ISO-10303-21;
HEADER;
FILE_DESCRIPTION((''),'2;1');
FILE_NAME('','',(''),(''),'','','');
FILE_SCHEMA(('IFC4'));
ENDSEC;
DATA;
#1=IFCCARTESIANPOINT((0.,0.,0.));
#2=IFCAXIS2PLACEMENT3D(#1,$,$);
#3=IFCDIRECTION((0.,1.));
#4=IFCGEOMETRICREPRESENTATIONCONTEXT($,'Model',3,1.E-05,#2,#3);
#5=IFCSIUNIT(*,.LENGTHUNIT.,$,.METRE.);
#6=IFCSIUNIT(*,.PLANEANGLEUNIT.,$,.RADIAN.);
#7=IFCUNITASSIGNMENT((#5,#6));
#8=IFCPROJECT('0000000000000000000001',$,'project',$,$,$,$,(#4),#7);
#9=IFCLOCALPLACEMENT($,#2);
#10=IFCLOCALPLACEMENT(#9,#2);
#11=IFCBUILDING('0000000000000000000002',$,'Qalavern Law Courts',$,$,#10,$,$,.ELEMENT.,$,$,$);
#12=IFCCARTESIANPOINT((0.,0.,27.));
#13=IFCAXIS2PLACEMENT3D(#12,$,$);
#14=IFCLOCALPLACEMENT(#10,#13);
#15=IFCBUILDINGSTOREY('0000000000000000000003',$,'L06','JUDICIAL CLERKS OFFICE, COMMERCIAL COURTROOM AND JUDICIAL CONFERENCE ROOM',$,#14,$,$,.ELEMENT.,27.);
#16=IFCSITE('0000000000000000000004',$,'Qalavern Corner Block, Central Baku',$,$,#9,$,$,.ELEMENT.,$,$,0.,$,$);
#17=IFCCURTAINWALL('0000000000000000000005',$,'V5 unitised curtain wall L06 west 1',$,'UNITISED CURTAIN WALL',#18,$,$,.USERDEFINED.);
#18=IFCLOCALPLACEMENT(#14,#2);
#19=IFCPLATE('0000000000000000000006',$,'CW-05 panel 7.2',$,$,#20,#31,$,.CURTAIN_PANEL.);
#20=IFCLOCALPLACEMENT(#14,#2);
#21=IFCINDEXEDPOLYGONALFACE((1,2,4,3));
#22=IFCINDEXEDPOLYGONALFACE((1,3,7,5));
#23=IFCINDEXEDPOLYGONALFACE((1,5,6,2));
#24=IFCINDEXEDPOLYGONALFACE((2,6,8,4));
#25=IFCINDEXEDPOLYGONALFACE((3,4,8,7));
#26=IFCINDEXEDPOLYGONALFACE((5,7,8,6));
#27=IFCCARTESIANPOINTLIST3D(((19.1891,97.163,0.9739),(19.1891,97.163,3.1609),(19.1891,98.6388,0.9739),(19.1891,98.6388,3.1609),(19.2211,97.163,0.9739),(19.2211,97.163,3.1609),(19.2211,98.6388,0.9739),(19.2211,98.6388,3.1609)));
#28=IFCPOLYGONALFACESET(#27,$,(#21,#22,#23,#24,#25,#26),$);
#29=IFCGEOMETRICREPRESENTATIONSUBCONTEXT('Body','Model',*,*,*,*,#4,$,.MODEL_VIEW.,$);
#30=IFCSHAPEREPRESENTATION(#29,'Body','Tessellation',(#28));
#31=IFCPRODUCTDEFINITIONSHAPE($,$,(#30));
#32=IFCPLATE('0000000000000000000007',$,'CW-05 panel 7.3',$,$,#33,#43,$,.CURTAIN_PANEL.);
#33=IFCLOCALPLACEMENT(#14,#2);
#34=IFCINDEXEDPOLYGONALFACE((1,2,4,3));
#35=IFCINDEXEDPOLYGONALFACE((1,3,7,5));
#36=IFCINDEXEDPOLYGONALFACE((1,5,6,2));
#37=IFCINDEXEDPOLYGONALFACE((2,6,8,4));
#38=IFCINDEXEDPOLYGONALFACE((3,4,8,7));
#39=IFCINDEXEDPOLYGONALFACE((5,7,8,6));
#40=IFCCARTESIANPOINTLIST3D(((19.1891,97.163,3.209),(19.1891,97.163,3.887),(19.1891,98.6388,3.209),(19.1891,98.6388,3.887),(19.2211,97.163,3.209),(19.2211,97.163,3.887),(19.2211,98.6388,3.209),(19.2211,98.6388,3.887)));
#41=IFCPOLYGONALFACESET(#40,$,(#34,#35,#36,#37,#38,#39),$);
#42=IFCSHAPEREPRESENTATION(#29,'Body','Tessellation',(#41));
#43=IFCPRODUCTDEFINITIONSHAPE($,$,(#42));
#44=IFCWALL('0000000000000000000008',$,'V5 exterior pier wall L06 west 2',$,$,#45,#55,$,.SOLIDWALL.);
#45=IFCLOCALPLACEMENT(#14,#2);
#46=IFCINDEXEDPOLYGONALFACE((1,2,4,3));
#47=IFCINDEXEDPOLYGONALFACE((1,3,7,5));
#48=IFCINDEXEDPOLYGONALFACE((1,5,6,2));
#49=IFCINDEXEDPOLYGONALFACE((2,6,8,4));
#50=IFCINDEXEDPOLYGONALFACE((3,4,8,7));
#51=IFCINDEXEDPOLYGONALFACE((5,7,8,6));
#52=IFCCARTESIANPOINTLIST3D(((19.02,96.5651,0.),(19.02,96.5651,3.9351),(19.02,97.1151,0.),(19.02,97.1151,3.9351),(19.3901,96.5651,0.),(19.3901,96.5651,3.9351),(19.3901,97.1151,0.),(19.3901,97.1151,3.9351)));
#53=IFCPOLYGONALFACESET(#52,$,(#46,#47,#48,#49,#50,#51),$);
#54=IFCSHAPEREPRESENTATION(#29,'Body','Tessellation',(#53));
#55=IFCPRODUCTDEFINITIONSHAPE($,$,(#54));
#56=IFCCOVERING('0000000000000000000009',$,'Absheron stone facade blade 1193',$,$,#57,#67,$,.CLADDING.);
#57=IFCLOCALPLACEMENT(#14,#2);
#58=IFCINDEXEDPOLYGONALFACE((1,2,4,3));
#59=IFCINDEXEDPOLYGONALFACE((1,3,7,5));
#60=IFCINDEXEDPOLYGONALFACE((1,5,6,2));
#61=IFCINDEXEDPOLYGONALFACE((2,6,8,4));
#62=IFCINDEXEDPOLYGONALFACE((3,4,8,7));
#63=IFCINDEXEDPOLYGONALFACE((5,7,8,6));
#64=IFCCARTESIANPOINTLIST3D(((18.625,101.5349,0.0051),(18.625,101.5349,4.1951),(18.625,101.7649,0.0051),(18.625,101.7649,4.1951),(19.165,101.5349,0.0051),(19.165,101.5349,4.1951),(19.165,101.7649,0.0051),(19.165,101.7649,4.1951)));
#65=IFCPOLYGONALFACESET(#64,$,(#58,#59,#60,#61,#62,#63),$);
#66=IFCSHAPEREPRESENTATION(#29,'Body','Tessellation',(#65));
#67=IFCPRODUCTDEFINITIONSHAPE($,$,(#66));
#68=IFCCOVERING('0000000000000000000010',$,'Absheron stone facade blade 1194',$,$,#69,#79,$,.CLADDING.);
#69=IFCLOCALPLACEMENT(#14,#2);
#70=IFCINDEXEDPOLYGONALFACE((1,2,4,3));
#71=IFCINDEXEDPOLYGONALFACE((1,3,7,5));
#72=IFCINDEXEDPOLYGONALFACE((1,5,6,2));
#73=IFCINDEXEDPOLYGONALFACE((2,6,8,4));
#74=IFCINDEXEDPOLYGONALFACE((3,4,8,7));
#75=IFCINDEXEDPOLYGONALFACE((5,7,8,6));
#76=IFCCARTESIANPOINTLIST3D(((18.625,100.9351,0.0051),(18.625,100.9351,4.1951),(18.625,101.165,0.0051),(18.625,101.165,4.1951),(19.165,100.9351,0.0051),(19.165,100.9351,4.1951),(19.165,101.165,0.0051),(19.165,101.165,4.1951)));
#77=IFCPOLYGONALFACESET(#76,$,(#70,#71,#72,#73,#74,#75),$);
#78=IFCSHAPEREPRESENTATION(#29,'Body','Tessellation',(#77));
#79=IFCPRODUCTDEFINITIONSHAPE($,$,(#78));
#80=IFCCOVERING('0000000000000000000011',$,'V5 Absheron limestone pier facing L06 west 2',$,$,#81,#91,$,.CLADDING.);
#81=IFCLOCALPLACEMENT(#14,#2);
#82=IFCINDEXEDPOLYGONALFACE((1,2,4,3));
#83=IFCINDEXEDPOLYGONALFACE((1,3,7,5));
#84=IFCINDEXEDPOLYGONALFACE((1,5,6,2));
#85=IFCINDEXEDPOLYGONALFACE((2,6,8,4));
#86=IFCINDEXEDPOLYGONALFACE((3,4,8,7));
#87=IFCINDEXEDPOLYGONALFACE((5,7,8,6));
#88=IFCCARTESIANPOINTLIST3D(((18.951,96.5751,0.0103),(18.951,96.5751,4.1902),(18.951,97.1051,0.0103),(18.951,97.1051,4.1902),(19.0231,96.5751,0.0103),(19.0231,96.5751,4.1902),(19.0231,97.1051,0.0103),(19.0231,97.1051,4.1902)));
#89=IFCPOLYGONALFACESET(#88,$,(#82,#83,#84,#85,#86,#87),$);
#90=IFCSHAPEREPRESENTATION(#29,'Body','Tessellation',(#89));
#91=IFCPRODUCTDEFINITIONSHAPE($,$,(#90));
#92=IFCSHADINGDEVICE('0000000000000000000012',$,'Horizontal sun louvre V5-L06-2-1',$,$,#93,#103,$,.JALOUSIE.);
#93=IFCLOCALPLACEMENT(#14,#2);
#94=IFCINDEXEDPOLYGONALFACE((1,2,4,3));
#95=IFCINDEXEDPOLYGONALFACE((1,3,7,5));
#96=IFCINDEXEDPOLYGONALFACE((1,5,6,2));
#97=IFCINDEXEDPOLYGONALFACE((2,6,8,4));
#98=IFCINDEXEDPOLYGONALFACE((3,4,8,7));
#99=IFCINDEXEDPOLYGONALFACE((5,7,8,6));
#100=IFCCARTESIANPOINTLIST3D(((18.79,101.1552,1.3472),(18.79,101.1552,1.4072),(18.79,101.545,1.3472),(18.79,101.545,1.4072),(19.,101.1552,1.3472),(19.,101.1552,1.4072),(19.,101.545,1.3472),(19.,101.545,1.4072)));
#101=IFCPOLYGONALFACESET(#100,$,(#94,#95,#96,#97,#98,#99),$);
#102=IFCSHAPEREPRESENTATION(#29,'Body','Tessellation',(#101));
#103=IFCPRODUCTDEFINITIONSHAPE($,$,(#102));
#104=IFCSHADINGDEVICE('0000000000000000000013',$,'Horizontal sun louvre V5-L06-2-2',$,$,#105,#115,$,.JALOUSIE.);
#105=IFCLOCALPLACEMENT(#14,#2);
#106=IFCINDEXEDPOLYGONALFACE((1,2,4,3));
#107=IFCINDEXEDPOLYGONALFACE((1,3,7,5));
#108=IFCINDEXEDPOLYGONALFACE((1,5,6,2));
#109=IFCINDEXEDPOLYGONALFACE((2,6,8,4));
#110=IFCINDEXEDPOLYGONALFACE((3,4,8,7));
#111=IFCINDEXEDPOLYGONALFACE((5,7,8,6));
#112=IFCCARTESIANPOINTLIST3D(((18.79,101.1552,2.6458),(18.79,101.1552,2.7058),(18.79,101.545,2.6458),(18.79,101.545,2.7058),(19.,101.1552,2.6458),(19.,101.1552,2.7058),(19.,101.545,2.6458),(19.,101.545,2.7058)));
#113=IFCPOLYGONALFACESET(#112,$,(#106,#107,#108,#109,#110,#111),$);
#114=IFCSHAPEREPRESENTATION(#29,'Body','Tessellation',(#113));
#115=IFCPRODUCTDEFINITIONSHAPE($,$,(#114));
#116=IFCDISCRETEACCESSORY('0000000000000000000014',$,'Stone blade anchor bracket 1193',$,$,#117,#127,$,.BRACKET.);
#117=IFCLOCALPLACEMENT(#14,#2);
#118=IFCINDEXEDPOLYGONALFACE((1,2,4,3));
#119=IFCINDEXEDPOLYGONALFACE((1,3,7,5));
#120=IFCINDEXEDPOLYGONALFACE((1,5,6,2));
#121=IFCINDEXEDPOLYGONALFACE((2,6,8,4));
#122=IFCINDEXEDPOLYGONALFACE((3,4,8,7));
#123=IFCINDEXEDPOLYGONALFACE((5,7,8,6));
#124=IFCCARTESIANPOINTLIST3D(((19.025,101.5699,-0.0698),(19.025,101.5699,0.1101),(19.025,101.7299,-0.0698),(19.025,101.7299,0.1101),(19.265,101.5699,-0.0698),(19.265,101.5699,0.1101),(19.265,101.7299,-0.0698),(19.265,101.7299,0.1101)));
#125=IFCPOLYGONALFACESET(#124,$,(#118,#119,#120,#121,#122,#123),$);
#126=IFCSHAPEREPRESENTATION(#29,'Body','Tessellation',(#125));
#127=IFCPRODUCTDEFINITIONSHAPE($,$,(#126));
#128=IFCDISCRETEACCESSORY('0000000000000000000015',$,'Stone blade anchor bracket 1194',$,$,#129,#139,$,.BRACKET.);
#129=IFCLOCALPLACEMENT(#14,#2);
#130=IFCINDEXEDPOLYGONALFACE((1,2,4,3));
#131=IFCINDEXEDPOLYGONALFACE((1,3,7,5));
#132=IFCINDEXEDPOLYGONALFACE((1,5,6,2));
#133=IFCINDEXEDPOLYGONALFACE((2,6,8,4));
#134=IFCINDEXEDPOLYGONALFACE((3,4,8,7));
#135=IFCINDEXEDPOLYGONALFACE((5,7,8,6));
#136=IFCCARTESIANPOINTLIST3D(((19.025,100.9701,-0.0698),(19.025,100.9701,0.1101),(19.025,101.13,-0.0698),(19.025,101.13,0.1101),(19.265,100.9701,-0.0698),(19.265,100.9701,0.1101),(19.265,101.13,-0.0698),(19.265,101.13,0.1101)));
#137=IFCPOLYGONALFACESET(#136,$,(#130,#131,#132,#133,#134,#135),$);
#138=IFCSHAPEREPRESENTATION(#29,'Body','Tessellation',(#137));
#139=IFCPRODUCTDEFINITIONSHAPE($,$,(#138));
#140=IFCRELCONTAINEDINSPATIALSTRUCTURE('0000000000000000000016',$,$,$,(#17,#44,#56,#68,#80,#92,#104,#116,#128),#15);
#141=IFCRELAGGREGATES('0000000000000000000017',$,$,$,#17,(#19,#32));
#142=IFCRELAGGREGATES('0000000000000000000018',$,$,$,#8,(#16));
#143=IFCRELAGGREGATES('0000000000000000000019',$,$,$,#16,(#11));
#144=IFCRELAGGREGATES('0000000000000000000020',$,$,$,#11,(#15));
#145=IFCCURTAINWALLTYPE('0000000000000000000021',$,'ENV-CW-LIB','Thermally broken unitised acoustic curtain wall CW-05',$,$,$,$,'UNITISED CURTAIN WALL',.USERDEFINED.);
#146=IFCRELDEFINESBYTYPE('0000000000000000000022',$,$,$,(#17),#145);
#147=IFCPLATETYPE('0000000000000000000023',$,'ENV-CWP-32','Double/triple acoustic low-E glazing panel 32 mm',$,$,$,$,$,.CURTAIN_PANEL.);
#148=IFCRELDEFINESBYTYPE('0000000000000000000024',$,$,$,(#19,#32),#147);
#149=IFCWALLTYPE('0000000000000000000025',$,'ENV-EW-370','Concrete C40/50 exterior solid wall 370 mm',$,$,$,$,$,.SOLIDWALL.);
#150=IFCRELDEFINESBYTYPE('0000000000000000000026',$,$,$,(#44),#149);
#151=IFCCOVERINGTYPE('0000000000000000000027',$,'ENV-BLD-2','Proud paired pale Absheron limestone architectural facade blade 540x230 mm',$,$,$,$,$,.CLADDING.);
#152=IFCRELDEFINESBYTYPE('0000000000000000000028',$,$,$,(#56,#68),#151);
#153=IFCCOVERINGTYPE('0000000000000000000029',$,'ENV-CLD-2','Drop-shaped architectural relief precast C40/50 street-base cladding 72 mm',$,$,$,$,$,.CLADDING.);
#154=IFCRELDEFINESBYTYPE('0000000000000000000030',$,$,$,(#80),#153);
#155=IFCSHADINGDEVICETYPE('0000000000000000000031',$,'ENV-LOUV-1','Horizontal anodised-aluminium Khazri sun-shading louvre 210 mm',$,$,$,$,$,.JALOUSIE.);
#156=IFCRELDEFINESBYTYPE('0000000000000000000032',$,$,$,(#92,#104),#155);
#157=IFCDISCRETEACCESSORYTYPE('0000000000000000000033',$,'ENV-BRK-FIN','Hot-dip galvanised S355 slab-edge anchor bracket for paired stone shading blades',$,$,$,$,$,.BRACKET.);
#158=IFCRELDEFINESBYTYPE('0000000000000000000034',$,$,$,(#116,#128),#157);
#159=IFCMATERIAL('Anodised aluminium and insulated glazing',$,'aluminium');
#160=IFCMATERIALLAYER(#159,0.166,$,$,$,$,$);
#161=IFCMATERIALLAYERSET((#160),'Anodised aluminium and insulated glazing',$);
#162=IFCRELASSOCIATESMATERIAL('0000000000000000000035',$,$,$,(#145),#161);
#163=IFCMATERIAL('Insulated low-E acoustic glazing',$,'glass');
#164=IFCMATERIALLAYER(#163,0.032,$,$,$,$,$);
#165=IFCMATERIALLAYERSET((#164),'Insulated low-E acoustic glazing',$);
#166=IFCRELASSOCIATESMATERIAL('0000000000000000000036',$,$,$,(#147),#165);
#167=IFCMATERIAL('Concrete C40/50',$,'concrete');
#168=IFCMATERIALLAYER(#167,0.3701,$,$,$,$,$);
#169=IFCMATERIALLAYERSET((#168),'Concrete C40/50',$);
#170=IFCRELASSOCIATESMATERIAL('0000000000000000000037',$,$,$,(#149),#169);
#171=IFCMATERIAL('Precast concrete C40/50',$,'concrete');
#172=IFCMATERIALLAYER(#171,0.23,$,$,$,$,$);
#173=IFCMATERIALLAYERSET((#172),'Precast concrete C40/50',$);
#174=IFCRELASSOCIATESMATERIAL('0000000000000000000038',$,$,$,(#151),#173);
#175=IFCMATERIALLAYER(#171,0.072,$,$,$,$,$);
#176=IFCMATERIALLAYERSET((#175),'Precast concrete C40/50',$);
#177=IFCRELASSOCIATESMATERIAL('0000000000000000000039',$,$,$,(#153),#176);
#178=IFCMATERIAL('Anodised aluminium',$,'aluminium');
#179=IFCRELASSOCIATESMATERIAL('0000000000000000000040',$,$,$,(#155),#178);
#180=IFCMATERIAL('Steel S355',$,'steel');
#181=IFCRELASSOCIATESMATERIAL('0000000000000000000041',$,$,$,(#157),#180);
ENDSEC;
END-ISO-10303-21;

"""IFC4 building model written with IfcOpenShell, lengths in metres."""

from ifc_helpers import new_model, si_unit, direction, frame, frame_2d, origin, origin_2d, place, context, subcontext, project, spatial, rectangle, extrude, material, layer, layer_set, type_object, element, aggregate, save


model = new_model("IFC4")

# Units and contexts
model_context = context("Model", 3, precision=1e-05, world=origin(), true_north=direction((0.0, 1.0)))
body_context = subcontext(model_context, "Body", "Model", "MODEL_VIEW")
ifc_project = project(units=[si_unit("LENGTHUNIT", "METRE"), si_unit("PLANEANGLEUNIT", "RADIAN")], contexts=[model_context])

# Site, building, storey
site_placement = place(None, origin())
site = spatial("IfcSite", under=ifc_project, at=site_placement, Name="Qalavern Corner Block, Central Baku", CompositionType="ELEMENT", RefElevation=0.0)
building_placement = place(site_placement, origin())
building = spatial("IfcBuilding", under=site, at=building_placement, Name="Qalavern Law Courts", CompositionType="ELEMENT")
storey_placement = place(building_placement, frame((0.0, 0.0, 27.0)))
storey = spatial("IfcBuildingStorey", under=building, at=storey_placement, Name="L06", Description="JUDICIAL CLERKS OFFICE, COMMERCIAL COURTROOM AND JUDICIAL CONFERENCE ROOM", CompositionType="ELEMENT", Elevation=27.0)

# Curtain wall, plates
ifc_material_1 = material(Name="Anodised aluminium and insulated glazing", Category="aluminium")
ifc_layer_1 = layer(ifc_material_1, 0.166)
ifc_layer_set_1 = layer_set([ifc_layer_1], Name="Anodised aluminium and insulated glazing")
curtain_wall_type = type_object("IfcCurtainWallType", Name="ENV-CW-LIB", Description="Thermally broken unitised acoustic curtain wall CW-05", ElementType="UNITISED CURTAIN WALL", PredefinedType="USERDEFINED", material=ifc_layer_set_1)
curtain_wall_placement = place(storey_placement, origin())
curtain_wall = element("IfcCurtainWall", 1, at=curtain_wall_placement, inside=storey, type_object=curtain_wall_type, Name="V5 unitised curtain wall L06 west 1", ObjectType="UNITISED CURTAIN WALL", PredefinedType="USERDEFINED")
ifc_material_2 = material(Name="Anodised aluminium", Category="aluminium")
ifc_material_3 = material(Name="Insulated low-E acoustic glazing", Category="glass")
ifc_layer_2 = layer(ifc_material_3, 0.032)
ifc_layer_set_2 = layer_set([ifc_layer_2], Name="Insulated low-E acoustic glazing")
plate_type = type_object("IfcPlateType", Name="ENV-CWP-32", Description="Double/triple acoustic low-E glazing panel 32 mm", PredefinedType="CURTAIN_PANEL", material=ifc_layer_set_2)
plate_1_placement = place(storey_placement, frame((19.2051, 97.9009, 0.9739), z_axis=(0.0, 0.0, 1.0), x_axis=(0.0, -1.0, 0.0)))
plate_1 = element("IfcPlate", 2, at=plate_1_placement, type_object=plate_type, Name="CW-05 panel 7.2", PredefinedType="CURTAIN_PANEL", context=body_context, shape_type="SweptSolid", body=[
    extrude(rectangle(XDim=1.4758, YDim=0.032, at=origin_2d()), origin(), (0.0, 0.0, 1.0), 2.187),
])
plate_2_placement = place(storey_placement, frame((19.2051, 97.9009, 3.209), z_axis=(0.0, 0.0, 1.0), x_axis=(0.0, -1.0, 0.0)))
plate_2 = element("IfcPlate", 3, at=plate_2_placement, type_object=plate_type, Name="CW-05 panel 7.3", PredefinedType="CURTAIN_PANEL", context=body_context, shape_type="SweptSolid", body=[
    extrude(rectangle(XDim=1.4758, YDim=0.032, at=origin_2d()), origin(), (0.0, 0.0, 1.0), 0.678),
])
aggregate(curtain_wall, [plate_1, plate_2])

# Wall
ifc_material_4 = material(Name="Concrete C40/50", Category="concrete")
ifc_layer_3 = layer(ifc_material_4, 0.3701)
ifc_layer_set_3 = layer_set([ifc_layer_3], Name="Concrete C40/50")
wall_type = type_object("IfcWallType", Name="ENV-EW-370", Description="Concrete C40/50 exterior solid wall 370 mm", PredefinedType="SOLIDWALL", material=ifc_layer_set_3)
wall_placement = place(storey_placement, frame((19.2051, 97.115, 0.0), z_axis=(0.0, 0.0, 1.0), x_axis=(0.0, -1.0, 0.0)))
element("IfcWall", 4, at=wall_placement, inside=storey, type_object=wall_type, Name="V5 exterior pier wall L06 west 2", PredefinedType="SOLIDWALL", context=body_context, shape_type="SweptSolid", body=[
    extrude(rectangle(XDim=0.55, YDim=0.3701, at=frame_2d((0.2749, 0.0))), origin(), (0.0, 0.0, 1.0), 3.9351),
])

# Coverings
ifc_material_5 = material(Name="Precast concrete C40/50", Category="concrete")
ifc_layer_4 = layer(ifc_material_5, 0.23)
ifc_layer_set_4 = layer_set([ifc_layer_4], Name="Precast concrete C40/50")
covering_type_1 = type_object("IfcCoveringType", Name="ENV-BLD-2", Description="Proud paired pale Absheron limestone architectural facade blade 540x230 mm", PredefinedType="CLADDING", material=ifc_layer_set_4)
for number, where, z_axis, x_axis, name in (
    (5, (18.895, 101.6499, 0.0051), (0.0, 0.0, 1.0), (-1.0, 0.0, 0.0), "Absheron stone facade blade 1193"),
    (6, (18.895, 101.05, 0.0051), (0.0, 0.0, 1.0), (-1.0, 0.0, 0.0), "Absheron stone facade blade 1194"),
):
    element("IfcCovering", number, at=place(storey_placement, frame(where, z_axis=z_axis, x_axis=x_axis)), inside=storey, type_object=covering_type_1, Name=name, PredefinedType="CLADDING", context=body_context, shape_type="SweptSolid", body=[
        extrude(rectangle(XDim=0.54, YDim=0.23, at=origin_2d()), origin(), (0.0, 0.0, 1.0), 4.1899),
    ])
ifc_layer_5 = layer(ifc_material_5, 0.072)
ifc_layer_set_5 = layer_set([ifc_layer_5], Name="Precast concrete C40/50")
covering_type_2 = type_object("IfcCoveringType", Name="ENV-CLD-2", Description="Drop-shaped architectural relief precast C40/50 street-base cladding 72 mm", PredefinedType="CLADDING", material=ifc_layer_set_5)
covering_placement = place(storey_placement, frame((18.9871, 96.8401, 0.0103), z_axis=(0.0, 0.0, 1.0), x_axis=(0.0, -1.0, 0.0)))
element("IfcCovering", 7, at=covering_placement, inside=storey, type_object=covering_type_2, Name="V5 Absheron limestone pier facing L06 west 2", PredefinedType="CLADDING", context=body_context, shape_type="SweptSolid", body=[
    extrude(rectangle(XDim=0.53, YDim=0.072, at=origin_2d()), origin(), (0.0, 0.0, 1.0), 4.1799),
])

# Shading devices
shading_device_type = type_object("IfcShadingDeviceType", Name="ENV-LOUV-1", Description="Horizontal anodised-aluminium Khazri sun-shading louvre 210 mm", PredefinedType="JALOUSIE", material=ifc_material_2)
for number, where, z_axis, x_axis, name in (
    (8, (18.895, 101.3501, 1.3472), (0.0, 0.0, 1.0), (0.0, -1.0, 0.0), "Horizontal sun louvre V5-L06-2-1"),
    (9, (18.895, 101.3501, 2.6458), (0.0, 0.0, 1.0), (0.0, -1.0, 0.0), "Horizontal sun louvre V5-L06-2-2"),
):
    element("IfcShadingDevice", number, at=place(storey_placement, frame(where, z_axis=z_axis, x_axis=x_axis)), inside=storey, type_object=shading_device_type, Name=name, PredefinedType="JALOUSIE", context=body_context, shape_type="SweptSolid", body=[
        extrude(rectangle(XDim=0.3899, YDim=0.21, at=origin_2d()), origin(), (0.0, 0.0, 1.0), 0.0601),
    ])

# Discrete accessories
ifc_material_6 = material(Name="Steel S355", Category="steel")
discrete_accessory_type = type_object("IfcDiscreteAccessoryType", Name="ENV-BRK-FIN", Description="Hot-dip galvanised S355 slab-edge anchor bracket for paired stone shading blades", PredefinedType="BRACKET", material=ifc_material_6)
for number, where, z_axis, x_axis, name in (
    (10, (19.145, 101.6499, -0.0698), (0.0, 0.0, 1.0), (-1.0, 0.0, 0.0), "Stone blade anchor bracket 1193"),
    (11, (19.145, 101.05, -0.0698), (0.0, 0.0, 1.0), (-1.0, 0.0, 0.0), "Stone blade anchor bracket 1194"),
):
    element("IfcDiscreteAccessory", number, at=place(storey_placement, frame(where, z_axis=z_axis, x_axis=x_axis)), inside=storey, type_object=discrete_accessory_type, Name=name, PredefinedType="BRACKET", context=body_context, shape_type="SweptSolid", body=[
        extrude(rectangle(XDim=0.24, YDim=0.1599, at=origin_2d()), origin(), (0.0, 0.0, 1.0), 0.1799),
    ])

save(model, "model.ifc")
